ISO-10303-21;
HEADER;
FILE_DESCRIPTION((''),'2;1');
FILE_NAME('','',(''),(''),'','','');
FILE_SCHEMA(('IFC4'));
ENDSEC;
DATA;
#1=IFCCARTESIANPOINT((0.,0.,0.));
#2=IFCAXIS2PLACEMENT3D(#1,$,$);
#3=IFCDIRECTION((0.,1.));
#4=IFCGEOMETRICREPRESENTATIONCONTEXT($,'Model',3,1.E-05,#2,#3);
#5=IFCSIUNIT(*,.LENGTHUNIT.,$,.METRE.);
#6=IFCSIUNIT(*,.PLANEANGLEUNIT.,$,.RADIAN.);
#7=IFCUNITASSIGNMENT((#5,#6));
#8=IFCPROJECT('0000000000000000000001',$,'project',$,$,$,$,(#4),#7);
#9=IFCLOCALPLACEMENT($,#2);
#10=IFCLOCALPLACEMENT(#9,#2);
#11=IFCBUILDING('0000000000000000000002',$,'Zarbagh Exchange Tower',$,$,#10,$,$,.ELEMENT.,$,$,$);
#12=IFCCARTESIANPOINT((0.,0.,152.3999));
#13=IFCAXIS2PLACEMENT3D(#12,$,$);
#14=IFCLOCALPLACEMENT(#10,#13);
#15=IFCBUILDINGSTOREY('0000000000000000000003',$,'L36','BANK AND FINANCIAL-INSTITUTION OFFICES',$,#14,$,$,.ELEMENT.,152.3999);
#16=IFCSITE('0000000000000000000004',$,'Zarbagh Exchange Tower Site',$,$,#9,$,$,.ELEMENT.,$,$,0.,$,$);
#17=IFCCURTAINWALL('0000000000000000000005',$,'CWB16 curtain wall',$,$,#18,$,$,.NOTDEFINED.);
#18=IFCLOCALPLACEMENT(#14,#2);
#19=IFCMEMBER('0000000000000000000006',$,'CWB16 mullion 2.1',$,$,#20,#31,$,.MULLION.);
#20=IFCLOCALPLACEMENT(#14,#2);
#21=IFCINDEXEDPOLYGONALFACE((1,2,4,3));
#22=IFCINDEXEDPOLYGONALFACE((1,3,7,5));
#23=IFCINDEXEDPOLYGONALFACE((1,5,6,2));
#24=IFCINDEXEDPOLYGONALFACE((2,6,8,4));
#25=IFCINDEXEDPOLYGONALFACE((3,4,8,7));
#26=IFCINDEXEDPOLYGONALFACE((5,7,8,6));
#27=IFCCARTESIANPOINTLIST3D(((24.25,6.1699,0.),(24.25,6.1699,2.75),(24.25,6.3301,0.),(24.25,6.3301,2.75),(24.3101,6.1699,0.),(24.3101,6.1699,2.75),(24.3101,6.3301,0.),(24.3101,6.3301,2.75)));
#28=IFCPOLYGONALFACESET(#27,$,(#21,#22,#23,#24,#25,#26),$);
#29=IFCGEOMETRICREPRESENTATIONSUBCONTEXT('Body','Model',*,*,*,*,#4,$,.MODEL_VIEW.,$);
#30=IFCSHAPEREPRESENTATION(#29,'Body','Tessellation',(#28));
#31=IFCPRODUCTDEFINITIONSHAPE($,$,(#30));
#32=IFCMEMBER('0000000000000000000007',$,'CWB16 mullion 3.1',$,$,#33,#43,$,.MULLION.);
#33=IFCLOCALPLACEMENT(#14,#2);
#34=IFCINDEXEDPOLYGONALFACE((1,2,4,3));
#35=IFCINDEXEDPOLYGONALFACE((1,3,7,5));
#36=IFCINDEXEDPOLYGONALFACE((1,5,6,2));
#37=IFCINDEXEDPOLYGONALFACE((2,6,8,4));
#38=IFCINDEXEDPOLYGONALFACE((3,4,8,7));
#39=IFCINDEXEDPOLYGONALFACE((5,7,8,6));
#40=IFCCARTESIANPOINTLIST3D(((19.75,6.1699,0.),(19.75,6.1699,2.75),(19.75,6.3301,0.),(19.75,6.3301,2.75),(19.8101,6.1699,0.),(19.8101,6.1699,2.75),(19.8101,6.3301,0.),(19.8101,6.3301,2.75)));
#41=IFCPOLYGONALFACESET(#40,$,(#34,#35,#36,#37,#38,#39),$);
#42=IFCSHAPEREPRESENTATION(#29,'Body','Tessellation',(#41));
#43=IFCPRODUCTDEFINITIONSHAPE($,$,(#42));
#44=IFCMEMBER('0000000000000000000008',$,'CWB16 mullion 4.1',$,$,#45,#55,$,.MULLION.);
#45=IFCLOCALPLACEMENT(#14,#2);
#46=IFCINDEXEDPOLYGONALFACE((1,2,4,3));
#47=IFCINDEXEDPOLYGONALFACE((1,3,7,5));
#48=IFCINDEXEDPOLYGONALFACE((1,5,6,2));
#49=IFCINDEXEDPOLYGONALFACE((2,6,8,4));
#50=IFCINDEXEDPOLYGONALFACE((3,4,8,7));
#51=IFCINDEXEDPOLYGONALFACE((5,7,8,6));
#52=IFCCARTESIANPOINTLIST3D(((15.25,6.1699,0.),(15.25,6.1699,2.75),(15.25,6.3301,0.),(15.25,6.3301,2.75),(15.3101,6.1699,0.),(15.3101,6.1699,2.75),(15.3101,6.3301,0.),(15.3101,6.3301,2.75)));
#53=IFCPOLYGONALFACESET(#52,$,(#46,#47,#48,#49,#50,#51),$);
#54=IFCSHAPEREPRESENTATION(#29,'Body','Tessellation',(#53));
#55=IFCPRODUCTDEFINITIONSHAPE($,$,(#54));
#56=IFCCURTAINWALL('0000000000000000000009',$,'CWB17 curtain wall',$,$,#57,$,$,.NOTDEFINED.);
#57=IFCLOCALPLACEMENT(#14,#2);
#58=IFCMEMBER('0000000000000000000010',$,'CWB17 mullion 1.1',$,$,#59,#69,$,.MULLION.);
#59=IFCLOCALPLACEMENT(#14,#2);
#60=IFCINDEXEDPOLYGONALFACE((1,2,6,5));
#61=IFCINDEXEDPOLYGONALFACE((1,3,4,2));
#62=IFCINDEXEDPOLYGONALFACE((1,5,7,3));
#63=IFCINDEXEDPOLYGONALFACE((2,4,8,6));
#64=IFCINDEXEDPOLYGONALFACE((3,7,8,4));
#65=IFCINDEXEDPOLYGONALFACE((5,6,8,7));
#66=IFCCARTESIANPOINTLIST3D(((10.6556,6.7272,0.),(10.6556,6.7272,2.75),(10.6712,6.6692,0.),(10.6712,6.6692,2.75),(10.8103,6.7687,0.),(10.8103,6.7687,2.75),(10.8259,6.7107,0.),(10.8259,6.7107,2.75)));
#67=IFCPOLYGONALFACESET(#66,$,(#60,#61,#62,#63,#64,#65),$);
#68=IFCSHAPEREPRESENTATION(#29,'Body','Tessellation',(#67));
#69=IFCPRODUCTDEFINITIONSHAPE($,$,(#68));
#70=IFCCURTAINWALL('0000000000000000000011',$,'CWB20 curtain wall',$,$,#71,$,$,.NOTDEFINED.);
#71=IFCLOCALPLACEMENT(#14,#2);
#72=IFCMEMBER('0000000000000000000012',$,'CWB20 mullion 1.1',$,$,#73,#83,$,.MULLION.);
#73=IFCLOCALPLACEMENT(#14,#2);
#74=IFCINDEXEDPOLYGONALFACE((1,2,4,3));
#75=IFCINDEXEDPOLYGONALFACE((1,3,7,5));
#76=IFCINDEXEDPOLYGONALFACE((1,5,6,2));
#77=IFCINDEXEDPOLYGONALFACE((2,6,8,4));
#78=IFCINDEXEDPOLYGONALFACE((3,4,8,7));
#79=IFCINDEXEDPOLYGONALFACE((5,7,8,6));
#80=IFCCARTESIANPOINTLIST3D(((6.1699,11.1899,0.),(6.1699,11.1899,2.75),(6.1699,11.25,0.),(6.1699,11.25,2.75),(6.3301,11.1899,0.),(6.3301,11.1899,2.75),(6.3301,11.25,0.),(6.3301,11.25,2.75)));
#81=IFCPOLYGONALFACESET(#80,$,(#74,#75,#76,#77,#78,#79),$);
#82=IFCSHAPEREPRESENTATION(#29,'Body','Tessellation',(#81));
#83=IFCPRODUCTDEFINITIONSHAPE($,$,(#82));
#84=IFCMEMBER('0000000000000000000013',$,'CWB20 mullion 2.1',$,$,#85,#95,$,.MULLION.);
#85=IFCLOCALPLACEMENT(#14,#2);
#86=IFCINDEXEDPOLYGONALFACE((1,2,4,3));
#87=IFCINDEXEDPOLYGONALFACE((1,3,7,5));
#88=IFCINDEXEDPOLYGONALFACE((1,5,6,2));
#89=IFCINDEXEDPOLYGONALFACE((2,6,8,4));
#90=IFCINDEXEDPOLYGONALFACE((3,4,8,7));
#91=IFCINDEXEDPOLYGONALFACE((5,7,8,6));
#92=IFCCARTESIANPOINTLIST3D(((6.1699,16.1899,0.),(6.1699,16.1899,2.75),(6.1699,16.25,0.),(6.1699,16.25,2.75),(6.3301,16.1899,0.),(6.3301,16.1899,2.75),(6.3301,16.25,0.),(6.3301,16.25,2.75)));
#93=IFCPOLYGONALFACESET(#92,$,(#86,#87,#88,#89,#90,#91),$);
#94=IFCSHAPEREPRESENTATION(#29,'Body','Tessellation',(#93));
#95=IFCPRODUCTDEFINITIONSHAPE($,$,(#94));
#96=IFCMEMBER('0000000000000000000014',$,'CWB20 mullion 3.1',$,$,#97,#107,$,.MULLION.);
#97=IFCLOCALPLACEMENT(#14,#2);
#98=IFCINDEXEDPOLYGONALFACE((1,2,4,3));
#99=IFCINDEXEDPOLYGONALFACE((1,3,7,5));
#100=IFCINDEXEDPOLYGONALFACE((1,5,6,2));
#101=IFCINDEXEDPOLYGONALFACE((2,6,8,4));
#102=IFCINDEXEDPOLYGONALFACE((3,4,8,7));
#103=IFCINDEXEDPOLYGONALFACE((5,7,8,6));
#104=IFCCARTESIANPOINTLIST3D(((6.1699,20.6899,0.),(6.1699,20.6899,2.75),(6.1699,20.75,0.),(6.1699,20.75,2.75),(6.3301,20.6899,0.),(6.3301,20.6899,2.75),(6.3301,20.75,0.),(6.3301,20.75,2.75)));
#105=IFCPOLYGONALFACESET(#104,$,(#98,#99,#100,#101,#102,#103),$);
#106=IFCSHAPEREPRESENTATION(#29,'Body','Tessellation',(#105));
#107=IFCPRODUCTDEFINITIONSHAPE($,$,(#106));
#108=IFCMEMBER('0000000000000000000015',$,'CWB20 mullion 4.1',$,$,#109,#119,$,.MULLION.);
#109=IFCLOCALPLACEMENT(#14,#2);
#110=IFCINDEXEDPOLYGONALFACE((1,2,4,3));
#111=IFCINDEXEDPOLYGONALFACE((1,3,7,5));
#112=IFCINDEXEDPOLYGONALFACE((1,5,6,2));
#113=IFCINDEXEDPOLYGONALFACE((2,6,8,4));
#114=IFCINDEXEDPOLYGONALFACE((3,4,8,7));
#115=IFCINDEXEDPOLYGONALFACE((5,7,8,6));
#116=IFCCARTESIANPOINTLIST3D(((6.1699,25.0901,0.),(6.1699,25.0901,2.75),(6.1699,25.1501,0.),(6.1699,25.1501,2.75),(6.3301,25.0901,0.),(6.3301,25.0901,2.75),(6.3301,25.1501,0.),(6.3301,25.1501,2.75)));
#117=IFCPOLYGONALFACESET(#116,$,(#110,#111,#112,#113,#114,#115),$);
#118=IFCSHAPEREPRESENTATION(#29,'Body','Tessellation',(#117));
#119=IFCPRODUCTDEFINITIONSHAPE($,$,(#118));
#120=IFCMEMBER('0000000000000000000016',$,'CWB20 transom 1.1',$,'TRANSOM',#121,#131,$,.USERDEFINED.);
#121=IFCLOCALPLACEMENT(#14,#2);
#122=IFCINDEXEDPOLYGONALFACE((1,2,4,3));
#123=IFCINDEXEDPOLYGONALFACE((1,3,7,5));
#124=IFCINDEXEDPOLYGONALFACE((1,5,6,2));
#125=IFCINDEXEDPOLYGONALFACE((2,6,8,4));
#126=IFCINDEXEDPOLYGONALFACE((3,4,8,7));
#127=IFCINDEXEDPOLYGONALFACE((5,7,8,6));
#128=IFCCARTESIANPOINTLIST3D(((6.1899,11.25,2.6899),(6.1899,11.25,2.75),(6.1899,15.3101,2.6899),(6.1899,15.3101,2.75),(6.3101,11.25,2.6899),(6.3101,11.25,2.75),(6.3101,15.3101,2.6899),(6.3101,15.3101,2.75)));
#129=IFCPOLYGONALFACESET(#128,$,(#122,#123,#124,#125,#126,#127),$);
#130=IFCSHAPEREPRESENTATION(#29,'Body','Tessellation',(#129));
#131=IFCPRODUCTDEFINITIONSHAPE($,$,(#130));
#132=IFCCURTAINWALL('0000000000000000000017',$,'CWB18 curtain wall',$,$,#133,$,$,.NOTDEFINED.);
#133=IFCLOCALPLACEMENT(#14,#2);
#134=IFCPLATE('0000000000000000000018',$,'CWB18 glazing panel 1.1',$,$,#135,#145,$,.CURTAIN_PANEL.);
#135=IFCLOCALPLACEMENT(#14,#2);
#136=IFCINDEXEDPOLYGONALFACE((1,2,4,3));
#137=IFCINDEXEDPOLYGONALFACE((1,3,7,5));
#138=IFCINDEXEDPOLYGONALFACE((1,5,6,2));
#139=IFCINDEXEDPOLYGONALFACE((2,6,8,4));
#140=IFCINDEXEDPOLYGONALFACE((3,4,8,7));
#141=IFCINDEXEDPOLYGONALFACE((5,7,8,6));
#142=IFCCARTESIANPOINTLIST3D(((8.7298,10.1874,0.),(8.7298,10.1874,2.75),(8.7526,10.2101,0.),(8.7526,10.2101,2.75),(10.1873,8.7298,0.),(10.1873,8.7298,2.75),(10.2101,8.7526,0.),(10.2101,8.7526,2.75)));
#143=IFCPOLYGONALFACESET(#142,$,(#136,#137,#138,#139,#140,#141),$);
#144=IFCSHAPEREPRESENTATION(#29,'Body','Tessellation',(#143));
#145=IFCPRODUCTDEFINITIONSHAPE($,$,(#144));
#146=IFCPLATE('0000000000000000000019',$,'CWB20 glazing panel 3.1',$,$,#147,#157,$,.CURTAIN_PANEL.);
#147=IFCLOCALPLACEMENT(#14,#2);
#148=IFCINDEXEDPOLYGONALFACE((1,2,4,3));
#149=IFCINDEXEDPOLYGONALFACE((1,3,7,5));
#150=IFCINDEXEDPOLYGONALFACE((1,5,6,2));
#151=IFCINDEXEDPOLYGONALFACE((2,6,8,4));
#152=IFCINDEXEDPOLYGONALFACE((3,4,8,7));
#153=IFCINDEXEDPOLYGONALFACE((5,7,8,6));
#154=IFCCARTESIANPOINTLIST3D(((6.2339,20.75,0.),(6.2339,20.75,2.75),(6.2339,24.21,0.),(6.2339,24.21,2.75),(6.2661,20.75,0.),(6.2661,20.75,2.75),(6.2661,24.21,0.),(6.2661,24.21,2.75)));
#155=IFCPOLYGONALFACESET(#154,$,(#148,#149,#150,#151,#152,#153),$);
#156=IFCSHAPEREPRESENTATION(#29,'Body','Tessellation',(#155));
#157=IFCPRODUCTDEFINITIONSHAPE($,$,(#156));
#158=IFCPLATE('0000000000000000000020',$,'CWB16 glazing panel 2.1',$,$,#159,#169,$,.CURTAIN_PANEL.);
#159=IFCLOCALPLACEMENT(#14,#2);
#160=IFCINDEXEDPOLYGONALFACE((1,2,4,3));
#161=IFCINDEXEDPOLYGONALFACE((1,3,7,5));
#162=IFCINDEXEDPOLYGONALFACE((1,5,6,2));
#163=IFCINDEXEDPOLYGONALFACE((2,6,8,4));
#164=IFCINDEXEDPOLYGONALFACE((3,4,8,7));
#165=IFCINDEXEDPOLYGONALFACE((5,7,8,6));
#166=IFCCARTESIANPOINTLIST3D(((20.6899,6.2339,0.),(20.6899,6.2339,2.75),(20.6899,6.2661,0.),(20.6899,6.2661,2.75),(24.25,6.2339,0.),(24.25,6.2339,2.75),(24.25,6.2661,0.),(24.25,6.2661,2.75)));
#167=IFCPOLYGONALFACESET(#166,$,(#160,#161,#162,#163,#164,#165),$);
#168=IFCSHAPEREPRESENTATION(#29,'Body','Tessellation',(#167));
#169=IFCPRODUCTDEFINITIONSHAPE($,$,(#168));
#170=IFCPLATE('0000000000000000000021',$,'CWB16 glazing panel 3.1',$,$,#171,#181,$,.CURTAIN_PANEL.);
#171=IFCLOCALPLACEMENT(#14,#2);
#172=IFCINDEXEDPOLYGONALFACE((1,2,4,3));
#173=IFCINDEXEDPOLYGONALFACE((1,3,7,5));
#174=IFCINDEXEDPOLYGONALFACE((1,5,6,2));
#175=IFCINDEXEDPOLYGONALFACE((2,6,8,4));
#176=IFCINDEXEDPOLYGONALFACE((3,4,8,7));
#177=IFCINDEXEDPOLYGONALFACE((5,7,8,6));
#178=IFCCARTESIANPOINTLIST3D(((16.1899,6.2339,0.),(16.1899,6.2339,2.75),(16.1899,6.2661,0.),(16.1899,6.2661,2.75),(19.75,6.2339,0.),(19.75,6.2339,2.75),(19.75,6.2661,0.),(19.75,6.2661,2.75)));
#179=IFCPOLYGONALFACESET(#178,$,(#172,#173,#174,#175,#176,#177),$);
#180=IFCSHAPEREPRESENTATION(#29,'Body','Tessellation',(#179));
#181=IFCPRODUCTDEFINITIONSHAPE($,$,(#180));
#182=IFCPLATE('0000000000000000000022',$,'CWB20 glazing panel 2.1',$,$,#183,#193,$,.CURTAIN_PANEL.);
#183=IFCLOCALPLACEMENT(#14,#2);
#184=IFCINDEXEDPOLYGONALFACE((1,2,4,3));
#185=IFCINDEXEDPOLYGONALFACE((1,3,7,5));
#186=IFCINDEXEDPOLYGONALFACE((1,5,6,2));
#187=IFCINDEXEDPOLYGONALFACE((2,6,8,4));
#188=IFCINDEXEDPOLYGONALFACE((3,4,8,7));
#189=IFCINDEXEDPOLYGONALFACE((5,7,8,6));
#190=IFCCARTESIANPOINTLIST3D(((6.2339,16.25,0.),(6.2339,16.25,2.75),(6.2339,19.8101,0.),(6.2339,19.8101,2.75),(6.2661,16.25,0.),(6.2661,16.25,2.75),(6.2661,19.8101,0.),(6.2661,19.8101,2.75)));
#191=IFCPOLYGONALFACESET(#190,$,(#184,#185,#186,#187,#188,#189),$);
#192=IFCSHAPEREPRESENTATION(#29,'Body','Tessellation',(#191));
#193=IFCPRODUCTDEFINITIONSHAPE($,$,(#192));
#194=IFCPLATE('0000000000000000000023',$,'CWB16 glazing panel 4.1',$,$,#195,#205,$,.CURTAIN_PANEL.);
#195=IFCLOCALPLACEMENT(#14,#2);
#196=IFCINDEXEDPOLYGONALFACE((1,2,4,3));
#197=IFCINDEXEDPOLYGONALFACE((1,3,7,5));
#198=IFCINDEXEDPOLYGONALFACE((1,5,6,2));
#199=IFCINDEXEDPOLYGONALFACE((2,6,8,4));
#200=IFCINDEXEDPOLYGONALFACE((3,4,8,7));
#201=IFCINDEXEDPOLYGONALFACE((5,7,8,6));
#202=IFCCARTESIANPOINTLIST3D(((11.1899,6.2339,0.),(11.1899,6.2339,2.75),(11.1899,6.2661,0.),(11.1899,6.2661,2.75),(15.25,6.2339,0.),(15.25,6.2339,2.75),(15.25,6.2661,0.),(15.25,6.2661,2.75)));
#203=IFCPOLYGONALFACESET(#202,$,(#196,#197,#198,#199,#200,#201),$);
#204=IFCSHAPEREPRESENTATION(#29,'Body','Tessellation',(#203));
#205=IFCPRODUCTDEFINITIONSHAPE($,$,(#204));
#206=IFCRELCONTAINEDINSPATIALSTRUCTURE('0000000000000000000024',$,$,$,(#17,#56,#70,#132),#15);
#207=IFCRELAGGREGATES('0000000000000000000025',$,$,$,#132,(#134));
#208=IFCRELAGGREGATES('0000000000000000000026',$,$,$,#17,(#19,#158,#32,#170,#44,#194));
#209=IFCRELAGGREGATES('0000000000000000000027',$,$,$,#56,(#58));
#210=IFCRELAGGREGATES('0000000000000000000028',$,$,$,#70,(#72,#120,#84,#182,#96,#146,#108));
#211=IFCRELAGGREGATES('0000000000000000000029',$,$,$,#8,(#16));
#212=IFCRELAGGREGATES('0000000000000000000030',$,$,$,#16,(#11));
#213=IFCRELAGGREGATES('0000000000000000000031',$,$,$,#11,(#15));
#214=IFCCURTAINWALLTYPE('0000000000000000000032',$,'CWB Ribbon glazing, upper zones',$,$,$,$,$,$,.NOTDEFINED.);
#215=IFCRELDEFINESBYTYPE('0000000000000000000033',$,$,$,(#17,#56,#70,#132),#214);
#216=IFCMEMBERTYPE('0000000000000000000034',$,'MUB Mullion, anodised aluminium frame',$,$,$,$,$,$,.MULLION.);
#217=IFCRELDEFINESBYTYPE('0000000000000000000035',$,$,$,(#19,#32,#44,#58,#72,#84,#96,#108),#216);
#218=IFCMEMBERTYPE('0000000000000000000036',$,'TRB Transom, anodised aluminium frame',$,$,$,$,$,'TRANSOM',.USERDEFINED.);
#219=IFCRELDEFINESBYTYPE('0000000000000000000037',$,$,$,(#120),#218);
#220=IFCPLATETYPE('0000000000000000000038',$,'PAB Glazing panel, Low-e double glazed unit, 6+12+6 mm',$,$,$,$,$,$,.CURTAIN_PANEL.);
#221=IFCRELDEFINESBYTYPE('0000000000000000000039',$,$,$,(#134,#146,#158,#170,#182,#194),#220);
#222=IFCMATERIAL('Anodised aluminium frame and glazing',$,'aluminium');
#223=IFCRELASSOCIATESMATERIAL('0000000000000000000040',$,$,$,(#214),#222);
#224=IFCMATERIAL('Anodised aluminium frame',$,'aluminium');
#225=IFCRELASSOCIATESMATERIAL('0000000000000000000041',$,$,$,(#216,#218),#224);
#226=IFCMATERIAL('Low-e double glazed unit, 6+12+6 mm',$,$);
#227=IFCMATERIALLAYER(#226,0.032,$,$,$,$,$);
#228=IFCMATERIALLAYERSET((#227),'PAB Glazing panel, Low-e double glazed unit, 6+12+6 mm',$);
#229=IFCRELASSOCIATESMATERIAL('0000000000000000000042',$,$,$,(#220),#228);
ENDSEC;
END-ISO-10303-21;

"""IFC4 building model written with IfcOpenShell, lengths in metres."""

from ifc_helpers import new_model, si_unit, direction, frame, origin, place, context, subcontext, project, spatial, polyline, outline, extrude, source, transform, mapped, material, layer, layer_set, type_object, element, aggregate, save


model = new_model("IFC4")

# Units and contexts
model_context = context("Model", 3, precision=1e-05, world=origin(), true_north=direction((0.0, 1.0)))
body_context = subcontext(model_context, "Body", "Model", "MODEL_VIEW")
ifc_project = project(units=[si_unit("LENGTHUNIT", "METRE"), si_unit("PLANEANGLEUNIT", "RADIAN")], contexts=[model_context])

# Site, building, storey
site_placement = place(None, origin())
site = spatial("IfcSite", under=ifc_project, at=site_placement, Name="Zarbagh Exchange Tower Site", CompositionType="ELEMENT", RefElevation=0.0)
building_placement = place(site_placement, origin())
building = spatial("IfcBuilding", under=site, at=building_placement, Name="Zarbagh Exchange Tower", CompositionType="ELEMENT")
storey_placement = place(building_placement, frame((0.0, 0.0, 152.3999)))
storey = spatial("IfcBuildingStorey", under=building, at=storey_placement, Name="L36", Description="BANK AND FINANCIAL-INSTITUTION OFFICES", CompositionType="ELEMENT", Elevation=152.3999)

# Curtain wall, members
ifc_material_1 = material(Name="Anodised aluminium frame and glazing", Category="aluminium")
curtain_wall_type = type_object("IfcCurtainWallType", Name="CWB Ribbon glazing, upper zones", PredefinedType="NOTDEFINED", material=ifc_material_1)
curtain_wall_1_placement = place(storey_placement, origin())
curtain_wall_1 = element("IfcCurtainWall", 1, at=curtain_wall_1_placement, inside=storey, type_object=curtain_wall_type, Name="CWB16 curtain wall", PredefinedType="NOTDEFINED")
ifc_material_2 = material(Name="Anodised aluminium frame", Category="aluminium")
member_type_1 = type_object("IfcMemberType", Name="MUB Mullion, anodised aluminium frame", PredefinedType="MULLION", material=ifc_material_2)
shared_shape_1 = source(origin(), body_context, "Body", "SweptSolid", [
    extrude(outline(polyline([(0.0, -0.0801), (0.0601, -0.0801), (0.0601, 0.0801), (0.0, 0.0801), (0.0, -0.0801)])), origin(), (0.0, 0.0, 1.0), 2.75),
])
placement = place(storey_placement, origin())
member_1 = element("IfcMember", 2, at=placement, type_object=member_type_1, Name="CWB16 mullion 2.1", PredefinedType="MULLION", context=body_context, shape_type="MappedRepresentation", body=[
    mapped(shared_shape_1, transform((24.3101, 6.25, 0.0), x_axis=(-1.0, 0.0, 0.0), y_axis=(0.0, -1.0, 0.0), z_axis=(0.0, 0.0, 1.0))),
])
member_2 = element("IfcMember", 3, at=placement, type_object=member_type_1, Name="CWB16 mullion 3.1", PredefinedType="MULLION", context=body_context, shape_type="MappedRepresentation", body=[
    mapped(shared_shape_1, transform((19.8101, 6.25, 0.0), x_axis=(-1.0, 0.0, 0.0), y_axis=(0.0, -1.0, 0.0), z_axis=(0.0, 0.0, 1.0))),
])
member_3 = element("IfcMember", 4, at=placement, type_object=member_type_1, Name="CWB16 mullion 4.1", PredefinedType="MULLION", context=body_context, shape_type="MappedRepresentation", body=[
    mapped(shared_shape_1, transform((15.3101, 6.25, 0.0), x_axis=(-1.0, 0.0, 0.0), y_axis=(0.0, -1.0, 0.0), z_axis=(0.0, 0.0, 1.0))),
])

# Curtain wall, member
curtain_wall_2_placement = place(storey_placement, origin())
curtain_wall_2 = element("IfcCurtainWall", 5, at=curtain_wall_2_placement, inside=storey, type_object=curtain_wall_type, Name="CWB17 curtain wall", PredefinedType="NOTDEFINED")
member_4 = element("IfcMember", 6, at=placement, type_object=member_type_1, Name="CWB17 mullion 1.1", PredefinedType="MULLION", context=body_context, shape_type="MappedRepresentation", body=[
    mapped(shared_shape_1, transform((10.7485, 6.6899, 0.0), x_axis=(-0.258825, 0.965924, 0.0), y_axis=(-0.965924, -0.258825, 0.0), z_axis=(0.0, 0.0, 1.0))),
])

# Curtain wall, members
curtain_wall_3_placement = place(storey_placement, origin())
curtain_wall_3 = element("IfcCurtainWall", 7, at=curtain_wall_3_placement, inside=storey, type_object=curtain_wall_type, Name="CWB20 curtain wall", PredefinedType="NOTDEFINED")
member_5 = element("IfcMember", 8, at=placement, type_object=member_type_1, Name="CWB20 mullion 1.1", PredefinedType="MULLION", context=body_context, shape_type="MappedRepresentation", body=[
    mapped(shared_shape_1, transform((6.25, 11.1899, 0.0), x_axis=(0.0, 1.0, 0.0), y_axis=(-1.0, 0.0, 0.0), z_axis=(0.0, 0.0, 1.0))),
])
member_6 = element("IfcMember", 9, at=placement, type_object=member_type_1, Name="CWB20 mullion 2.1", PredefinedType="MULLION", context=body_context, shape_type="MappedRepresentation", body=[
    mapped(shared_shape_1, transform((6.25, 16.1899, 0.0), x_axis=(0.0, 1.0, 0.0), y_axis=(-1.0, 0.0, 0.0), z_axis=(0.0, 0.0, 1.0))),
])
member_7 = element("IfcMember", 10, at=placement, type_object=member_type_1, Name="CWB20 mullion 3.1", PredefinedType="MULLION", context=body_context, shape_type="MappedRepresentation", body=[
    mapped(shared_shape_1, transform((6.25, 20.6899, 0.0), x_axis=(0.0, 1.0, 0.0), y_axis=(-1.0, 0.0, 0.0), z_axis=(0.0, 0.0, 1.0))),
])
member_8 = element("IfcMember", 11, at=placement, type_object=member_type_1, Name="CWB20 mullion 4.1", PredefinedType="MULLION", context=body_context, shape_type="MappedRepresentation", body=[
    mapped(shared_shape_1, transform((6.25, 25.0901, 0.0), x_axis=(0.0, 1.0, 0.0), y_axis=(-1.0, 0.0, 0.0), z_axis=(0.0, 0.0, 1.0))),
])
member_type_2 = type_object("IfcMemberType", Name="TRB Transom, anodised aluminium frame", ElementType="TRANSOM", PredefinedType="USERDEFINED", material=ifc_material_2)
shared_shape_2 = source(origin(), body_context, "Body", "SweptSolid", [
    extrude(outline(polyline([(-0.0601, -0.0601), (0.0, -0.0601), (0.0, 0.0601), (-0.0601, 0.0601), (-0.0601, -0.0601)])), origin(), (0.0, 0.0, 1.0), 4.0601),
])
member_9 = element("IfcMember", 12, at=placement, type_object=member_type_2, Name="CWB20 transom 1.1", ObjectType="TRANSOM", PredefinedType="USERDEFINED", context=body_context, shape_type="MappedRepresentation", body=[
    mapped(shared_shape_2, transform((6.25, 11.25, 2.75), x_axis=(0.0, 0.0, 1.0), y_axis=(1.0, 0.0, 0.0), z_axis=(0.0, 1.0, 0.0))),
])

# Curtain wall, plate
curtain_wall_4_placement = place(storey_placement, origin())
curtain_wall_4 = element("IfcCurtainWall", 13, at=curtain_wall_4_placement, inside=storey, type_object=curtain_wall_type, Name="CWB18 curtain wall", PredefinedType="NOTDEFINED")
ifc_material_3 = material(Name="Low-e double glazed unit, 6+12+6 mm")
ifc_layer_1 = layer(ifc_material_3, 0.032)
ifc_layer_set_1 = layer_set([ifc_layer_1], Name="PAB Glazing panel, Low-e double glazed unit, 6+12+6 mm")
plate_type = type_object("IfcPlateType", Name="PAB Glazing panel, Low-e double glazed unit, 6+12+6 mm", PredefinedType="CURTAIN_PANEL", material=ifc_layer_set_1)
shared_shape_3 = source(origin(), body_context, "Body", "SweptSolid", [
    extrude(outline(polyline([(0.0, -0.0161), (2.0613, -0.0161), (2.0613, 0.0161), (0.0, 0.0161), (0.0, -0.0161)])), origin(), (0.0, 0.0, 1.0), 2.75),
])
plate_1 = element("IfcPlate", 14, at=placement, type_object=plate_type, Name="CWB18 glazing panel 1.1", PredefinedType="CURTAIN_PANEL", context=body_context, shape_type="MappedRepresentation", body=[
    mapped(shared_shape_3, transform((10.1987, 8.7412, 0.0), x_axis=(-0.707107, 0.707107, 0.0), y_axis=(-0.707107, -0.707107, 0.0), z_axis=(0.0, 0.0, 1.0))),
])
aggregate(curtain_wall_4, [plate_1])

# Plates
shared_shape_4 = source(origin(), body_context, "Body", "SweptSolid", [
    extrude(outline(polyline([(0.0, -0.0161), (3.46, -0.0161), (3.46, 0.0161), (0.0, 0.0161), (0.0, -0.0161)])), origin(), (0.0, 0.0, 1.0), 2.75),
])
plate_2 = element("IfcPlate", 15, at=placement, type_object=plate_type, Name="CWB20 glazing panel 3.1", PredefinedType="CURTAIN_PANEL", context=body_context, shape_type="MappedRepresentation", body=[
    mapped(shared_shape_4, transform((6.25, 20.75, 0.0), x_axis=(0.0, 1.0, 0.0), y_axis=(-1.0, 0.0, 0.0), z_axis=(0.0, 0.0, 1.0))),
])
shared_shape_5 = source(origin(), body_context, "Body", "SweptSolid", [
    extrude(outline(polyline([(0.0, -0.0161), (3.5601, -0.0161), (3.5601, 0.0161), (0.0, 0.0161), (0.0, -0.0161)])), origin(), (0.0, 0.0, 1.0), 2.75),
])
plate_3 = element("IfcPlate", 16, at=placement, type_object=plate_type, Name="CWB16 glazing panel 2.1", PredefinedType="CURTAIN_PANEL", context=body_context, shape_type="MappedRepresentation", body=[
    mapped(shared_shape_5, transform((24.25, 6.25, 0.0), x_axis=(-1.0, 0.0, 0.0), y_axis=(0.0, -1.0, 0.0), z_axis=(0.0, 0.0, 1.0))),
])
plate_4 = element("IfcPlate", 17, at=placement, type_object=plate_type, Name="CWB16 glazing panel 3.1", PredefinedType="CURTAIN_PANEL", context=body_context, shape_type="MappedRepresentation", body=[
    mapped(shared_shape_5, transform((19.75, 6.25, 0.0), x_axis=(-1.0, 0.0, 0.0), y_axis=(0.0, -1.0, 0.0), z_axis=(0.0, 0.0, 1.0))),
])
plate_5 = element("IfcPlate", 18, at=placement, type_object=plate_type, Name="CWB20 glazing panel 2.1", PredefinedType="CURTAIN_PANEL", context=body_context, shape_type="MappedRepresentation", body=[
    mapped(shared_shape_5, transform((6.25, 16.25, 0.0), x_axis=(0.0, 1.0, 0.0), y_axis=(-1.0, 0.0, 0.0), z_axis=(0.0, 0.0, 1.0))),
])
shared_shape_6 = source(origin(), body_context, "Body", "SweptSolid", [
    extrude(outline(polyline([(0.0, -0.0161), (4.0601, -0.0161), (4.0601, 0.0161), (0.0, 0.0161), (0.0, -0.0161)])), origin(), (0.0, 0.0, 1.0), 2.75),
])
plate_6 = element("IfcPlate", 19, at=placement, type_object=plate_type, Name="CWB16 glazing panel 4.1", PredefinedType="CURTAIN_PANEL", context=body_context, shape_type="MappedRepresentation", body=[
    mapped(shared_shape_6, transform((15.25, 6.25, 0.0), x_axis=(-1.0, 0.0, 0.0), y_axis=(0.0, -1.0, 0.0), z_axis=(0.0, 0.0, 1.0))),
])
aggregate(curtain_wall_1, [member_1, plate_3, member_2, plate_4, member_3, plate_6])
aggregate(curtain_wall_2, [member_4])

aggregate(curtain_wall_3, [member_5, member_9, member_6, plate_5, member_7, plate_2, member_8])

save(model, "model.ifc")
